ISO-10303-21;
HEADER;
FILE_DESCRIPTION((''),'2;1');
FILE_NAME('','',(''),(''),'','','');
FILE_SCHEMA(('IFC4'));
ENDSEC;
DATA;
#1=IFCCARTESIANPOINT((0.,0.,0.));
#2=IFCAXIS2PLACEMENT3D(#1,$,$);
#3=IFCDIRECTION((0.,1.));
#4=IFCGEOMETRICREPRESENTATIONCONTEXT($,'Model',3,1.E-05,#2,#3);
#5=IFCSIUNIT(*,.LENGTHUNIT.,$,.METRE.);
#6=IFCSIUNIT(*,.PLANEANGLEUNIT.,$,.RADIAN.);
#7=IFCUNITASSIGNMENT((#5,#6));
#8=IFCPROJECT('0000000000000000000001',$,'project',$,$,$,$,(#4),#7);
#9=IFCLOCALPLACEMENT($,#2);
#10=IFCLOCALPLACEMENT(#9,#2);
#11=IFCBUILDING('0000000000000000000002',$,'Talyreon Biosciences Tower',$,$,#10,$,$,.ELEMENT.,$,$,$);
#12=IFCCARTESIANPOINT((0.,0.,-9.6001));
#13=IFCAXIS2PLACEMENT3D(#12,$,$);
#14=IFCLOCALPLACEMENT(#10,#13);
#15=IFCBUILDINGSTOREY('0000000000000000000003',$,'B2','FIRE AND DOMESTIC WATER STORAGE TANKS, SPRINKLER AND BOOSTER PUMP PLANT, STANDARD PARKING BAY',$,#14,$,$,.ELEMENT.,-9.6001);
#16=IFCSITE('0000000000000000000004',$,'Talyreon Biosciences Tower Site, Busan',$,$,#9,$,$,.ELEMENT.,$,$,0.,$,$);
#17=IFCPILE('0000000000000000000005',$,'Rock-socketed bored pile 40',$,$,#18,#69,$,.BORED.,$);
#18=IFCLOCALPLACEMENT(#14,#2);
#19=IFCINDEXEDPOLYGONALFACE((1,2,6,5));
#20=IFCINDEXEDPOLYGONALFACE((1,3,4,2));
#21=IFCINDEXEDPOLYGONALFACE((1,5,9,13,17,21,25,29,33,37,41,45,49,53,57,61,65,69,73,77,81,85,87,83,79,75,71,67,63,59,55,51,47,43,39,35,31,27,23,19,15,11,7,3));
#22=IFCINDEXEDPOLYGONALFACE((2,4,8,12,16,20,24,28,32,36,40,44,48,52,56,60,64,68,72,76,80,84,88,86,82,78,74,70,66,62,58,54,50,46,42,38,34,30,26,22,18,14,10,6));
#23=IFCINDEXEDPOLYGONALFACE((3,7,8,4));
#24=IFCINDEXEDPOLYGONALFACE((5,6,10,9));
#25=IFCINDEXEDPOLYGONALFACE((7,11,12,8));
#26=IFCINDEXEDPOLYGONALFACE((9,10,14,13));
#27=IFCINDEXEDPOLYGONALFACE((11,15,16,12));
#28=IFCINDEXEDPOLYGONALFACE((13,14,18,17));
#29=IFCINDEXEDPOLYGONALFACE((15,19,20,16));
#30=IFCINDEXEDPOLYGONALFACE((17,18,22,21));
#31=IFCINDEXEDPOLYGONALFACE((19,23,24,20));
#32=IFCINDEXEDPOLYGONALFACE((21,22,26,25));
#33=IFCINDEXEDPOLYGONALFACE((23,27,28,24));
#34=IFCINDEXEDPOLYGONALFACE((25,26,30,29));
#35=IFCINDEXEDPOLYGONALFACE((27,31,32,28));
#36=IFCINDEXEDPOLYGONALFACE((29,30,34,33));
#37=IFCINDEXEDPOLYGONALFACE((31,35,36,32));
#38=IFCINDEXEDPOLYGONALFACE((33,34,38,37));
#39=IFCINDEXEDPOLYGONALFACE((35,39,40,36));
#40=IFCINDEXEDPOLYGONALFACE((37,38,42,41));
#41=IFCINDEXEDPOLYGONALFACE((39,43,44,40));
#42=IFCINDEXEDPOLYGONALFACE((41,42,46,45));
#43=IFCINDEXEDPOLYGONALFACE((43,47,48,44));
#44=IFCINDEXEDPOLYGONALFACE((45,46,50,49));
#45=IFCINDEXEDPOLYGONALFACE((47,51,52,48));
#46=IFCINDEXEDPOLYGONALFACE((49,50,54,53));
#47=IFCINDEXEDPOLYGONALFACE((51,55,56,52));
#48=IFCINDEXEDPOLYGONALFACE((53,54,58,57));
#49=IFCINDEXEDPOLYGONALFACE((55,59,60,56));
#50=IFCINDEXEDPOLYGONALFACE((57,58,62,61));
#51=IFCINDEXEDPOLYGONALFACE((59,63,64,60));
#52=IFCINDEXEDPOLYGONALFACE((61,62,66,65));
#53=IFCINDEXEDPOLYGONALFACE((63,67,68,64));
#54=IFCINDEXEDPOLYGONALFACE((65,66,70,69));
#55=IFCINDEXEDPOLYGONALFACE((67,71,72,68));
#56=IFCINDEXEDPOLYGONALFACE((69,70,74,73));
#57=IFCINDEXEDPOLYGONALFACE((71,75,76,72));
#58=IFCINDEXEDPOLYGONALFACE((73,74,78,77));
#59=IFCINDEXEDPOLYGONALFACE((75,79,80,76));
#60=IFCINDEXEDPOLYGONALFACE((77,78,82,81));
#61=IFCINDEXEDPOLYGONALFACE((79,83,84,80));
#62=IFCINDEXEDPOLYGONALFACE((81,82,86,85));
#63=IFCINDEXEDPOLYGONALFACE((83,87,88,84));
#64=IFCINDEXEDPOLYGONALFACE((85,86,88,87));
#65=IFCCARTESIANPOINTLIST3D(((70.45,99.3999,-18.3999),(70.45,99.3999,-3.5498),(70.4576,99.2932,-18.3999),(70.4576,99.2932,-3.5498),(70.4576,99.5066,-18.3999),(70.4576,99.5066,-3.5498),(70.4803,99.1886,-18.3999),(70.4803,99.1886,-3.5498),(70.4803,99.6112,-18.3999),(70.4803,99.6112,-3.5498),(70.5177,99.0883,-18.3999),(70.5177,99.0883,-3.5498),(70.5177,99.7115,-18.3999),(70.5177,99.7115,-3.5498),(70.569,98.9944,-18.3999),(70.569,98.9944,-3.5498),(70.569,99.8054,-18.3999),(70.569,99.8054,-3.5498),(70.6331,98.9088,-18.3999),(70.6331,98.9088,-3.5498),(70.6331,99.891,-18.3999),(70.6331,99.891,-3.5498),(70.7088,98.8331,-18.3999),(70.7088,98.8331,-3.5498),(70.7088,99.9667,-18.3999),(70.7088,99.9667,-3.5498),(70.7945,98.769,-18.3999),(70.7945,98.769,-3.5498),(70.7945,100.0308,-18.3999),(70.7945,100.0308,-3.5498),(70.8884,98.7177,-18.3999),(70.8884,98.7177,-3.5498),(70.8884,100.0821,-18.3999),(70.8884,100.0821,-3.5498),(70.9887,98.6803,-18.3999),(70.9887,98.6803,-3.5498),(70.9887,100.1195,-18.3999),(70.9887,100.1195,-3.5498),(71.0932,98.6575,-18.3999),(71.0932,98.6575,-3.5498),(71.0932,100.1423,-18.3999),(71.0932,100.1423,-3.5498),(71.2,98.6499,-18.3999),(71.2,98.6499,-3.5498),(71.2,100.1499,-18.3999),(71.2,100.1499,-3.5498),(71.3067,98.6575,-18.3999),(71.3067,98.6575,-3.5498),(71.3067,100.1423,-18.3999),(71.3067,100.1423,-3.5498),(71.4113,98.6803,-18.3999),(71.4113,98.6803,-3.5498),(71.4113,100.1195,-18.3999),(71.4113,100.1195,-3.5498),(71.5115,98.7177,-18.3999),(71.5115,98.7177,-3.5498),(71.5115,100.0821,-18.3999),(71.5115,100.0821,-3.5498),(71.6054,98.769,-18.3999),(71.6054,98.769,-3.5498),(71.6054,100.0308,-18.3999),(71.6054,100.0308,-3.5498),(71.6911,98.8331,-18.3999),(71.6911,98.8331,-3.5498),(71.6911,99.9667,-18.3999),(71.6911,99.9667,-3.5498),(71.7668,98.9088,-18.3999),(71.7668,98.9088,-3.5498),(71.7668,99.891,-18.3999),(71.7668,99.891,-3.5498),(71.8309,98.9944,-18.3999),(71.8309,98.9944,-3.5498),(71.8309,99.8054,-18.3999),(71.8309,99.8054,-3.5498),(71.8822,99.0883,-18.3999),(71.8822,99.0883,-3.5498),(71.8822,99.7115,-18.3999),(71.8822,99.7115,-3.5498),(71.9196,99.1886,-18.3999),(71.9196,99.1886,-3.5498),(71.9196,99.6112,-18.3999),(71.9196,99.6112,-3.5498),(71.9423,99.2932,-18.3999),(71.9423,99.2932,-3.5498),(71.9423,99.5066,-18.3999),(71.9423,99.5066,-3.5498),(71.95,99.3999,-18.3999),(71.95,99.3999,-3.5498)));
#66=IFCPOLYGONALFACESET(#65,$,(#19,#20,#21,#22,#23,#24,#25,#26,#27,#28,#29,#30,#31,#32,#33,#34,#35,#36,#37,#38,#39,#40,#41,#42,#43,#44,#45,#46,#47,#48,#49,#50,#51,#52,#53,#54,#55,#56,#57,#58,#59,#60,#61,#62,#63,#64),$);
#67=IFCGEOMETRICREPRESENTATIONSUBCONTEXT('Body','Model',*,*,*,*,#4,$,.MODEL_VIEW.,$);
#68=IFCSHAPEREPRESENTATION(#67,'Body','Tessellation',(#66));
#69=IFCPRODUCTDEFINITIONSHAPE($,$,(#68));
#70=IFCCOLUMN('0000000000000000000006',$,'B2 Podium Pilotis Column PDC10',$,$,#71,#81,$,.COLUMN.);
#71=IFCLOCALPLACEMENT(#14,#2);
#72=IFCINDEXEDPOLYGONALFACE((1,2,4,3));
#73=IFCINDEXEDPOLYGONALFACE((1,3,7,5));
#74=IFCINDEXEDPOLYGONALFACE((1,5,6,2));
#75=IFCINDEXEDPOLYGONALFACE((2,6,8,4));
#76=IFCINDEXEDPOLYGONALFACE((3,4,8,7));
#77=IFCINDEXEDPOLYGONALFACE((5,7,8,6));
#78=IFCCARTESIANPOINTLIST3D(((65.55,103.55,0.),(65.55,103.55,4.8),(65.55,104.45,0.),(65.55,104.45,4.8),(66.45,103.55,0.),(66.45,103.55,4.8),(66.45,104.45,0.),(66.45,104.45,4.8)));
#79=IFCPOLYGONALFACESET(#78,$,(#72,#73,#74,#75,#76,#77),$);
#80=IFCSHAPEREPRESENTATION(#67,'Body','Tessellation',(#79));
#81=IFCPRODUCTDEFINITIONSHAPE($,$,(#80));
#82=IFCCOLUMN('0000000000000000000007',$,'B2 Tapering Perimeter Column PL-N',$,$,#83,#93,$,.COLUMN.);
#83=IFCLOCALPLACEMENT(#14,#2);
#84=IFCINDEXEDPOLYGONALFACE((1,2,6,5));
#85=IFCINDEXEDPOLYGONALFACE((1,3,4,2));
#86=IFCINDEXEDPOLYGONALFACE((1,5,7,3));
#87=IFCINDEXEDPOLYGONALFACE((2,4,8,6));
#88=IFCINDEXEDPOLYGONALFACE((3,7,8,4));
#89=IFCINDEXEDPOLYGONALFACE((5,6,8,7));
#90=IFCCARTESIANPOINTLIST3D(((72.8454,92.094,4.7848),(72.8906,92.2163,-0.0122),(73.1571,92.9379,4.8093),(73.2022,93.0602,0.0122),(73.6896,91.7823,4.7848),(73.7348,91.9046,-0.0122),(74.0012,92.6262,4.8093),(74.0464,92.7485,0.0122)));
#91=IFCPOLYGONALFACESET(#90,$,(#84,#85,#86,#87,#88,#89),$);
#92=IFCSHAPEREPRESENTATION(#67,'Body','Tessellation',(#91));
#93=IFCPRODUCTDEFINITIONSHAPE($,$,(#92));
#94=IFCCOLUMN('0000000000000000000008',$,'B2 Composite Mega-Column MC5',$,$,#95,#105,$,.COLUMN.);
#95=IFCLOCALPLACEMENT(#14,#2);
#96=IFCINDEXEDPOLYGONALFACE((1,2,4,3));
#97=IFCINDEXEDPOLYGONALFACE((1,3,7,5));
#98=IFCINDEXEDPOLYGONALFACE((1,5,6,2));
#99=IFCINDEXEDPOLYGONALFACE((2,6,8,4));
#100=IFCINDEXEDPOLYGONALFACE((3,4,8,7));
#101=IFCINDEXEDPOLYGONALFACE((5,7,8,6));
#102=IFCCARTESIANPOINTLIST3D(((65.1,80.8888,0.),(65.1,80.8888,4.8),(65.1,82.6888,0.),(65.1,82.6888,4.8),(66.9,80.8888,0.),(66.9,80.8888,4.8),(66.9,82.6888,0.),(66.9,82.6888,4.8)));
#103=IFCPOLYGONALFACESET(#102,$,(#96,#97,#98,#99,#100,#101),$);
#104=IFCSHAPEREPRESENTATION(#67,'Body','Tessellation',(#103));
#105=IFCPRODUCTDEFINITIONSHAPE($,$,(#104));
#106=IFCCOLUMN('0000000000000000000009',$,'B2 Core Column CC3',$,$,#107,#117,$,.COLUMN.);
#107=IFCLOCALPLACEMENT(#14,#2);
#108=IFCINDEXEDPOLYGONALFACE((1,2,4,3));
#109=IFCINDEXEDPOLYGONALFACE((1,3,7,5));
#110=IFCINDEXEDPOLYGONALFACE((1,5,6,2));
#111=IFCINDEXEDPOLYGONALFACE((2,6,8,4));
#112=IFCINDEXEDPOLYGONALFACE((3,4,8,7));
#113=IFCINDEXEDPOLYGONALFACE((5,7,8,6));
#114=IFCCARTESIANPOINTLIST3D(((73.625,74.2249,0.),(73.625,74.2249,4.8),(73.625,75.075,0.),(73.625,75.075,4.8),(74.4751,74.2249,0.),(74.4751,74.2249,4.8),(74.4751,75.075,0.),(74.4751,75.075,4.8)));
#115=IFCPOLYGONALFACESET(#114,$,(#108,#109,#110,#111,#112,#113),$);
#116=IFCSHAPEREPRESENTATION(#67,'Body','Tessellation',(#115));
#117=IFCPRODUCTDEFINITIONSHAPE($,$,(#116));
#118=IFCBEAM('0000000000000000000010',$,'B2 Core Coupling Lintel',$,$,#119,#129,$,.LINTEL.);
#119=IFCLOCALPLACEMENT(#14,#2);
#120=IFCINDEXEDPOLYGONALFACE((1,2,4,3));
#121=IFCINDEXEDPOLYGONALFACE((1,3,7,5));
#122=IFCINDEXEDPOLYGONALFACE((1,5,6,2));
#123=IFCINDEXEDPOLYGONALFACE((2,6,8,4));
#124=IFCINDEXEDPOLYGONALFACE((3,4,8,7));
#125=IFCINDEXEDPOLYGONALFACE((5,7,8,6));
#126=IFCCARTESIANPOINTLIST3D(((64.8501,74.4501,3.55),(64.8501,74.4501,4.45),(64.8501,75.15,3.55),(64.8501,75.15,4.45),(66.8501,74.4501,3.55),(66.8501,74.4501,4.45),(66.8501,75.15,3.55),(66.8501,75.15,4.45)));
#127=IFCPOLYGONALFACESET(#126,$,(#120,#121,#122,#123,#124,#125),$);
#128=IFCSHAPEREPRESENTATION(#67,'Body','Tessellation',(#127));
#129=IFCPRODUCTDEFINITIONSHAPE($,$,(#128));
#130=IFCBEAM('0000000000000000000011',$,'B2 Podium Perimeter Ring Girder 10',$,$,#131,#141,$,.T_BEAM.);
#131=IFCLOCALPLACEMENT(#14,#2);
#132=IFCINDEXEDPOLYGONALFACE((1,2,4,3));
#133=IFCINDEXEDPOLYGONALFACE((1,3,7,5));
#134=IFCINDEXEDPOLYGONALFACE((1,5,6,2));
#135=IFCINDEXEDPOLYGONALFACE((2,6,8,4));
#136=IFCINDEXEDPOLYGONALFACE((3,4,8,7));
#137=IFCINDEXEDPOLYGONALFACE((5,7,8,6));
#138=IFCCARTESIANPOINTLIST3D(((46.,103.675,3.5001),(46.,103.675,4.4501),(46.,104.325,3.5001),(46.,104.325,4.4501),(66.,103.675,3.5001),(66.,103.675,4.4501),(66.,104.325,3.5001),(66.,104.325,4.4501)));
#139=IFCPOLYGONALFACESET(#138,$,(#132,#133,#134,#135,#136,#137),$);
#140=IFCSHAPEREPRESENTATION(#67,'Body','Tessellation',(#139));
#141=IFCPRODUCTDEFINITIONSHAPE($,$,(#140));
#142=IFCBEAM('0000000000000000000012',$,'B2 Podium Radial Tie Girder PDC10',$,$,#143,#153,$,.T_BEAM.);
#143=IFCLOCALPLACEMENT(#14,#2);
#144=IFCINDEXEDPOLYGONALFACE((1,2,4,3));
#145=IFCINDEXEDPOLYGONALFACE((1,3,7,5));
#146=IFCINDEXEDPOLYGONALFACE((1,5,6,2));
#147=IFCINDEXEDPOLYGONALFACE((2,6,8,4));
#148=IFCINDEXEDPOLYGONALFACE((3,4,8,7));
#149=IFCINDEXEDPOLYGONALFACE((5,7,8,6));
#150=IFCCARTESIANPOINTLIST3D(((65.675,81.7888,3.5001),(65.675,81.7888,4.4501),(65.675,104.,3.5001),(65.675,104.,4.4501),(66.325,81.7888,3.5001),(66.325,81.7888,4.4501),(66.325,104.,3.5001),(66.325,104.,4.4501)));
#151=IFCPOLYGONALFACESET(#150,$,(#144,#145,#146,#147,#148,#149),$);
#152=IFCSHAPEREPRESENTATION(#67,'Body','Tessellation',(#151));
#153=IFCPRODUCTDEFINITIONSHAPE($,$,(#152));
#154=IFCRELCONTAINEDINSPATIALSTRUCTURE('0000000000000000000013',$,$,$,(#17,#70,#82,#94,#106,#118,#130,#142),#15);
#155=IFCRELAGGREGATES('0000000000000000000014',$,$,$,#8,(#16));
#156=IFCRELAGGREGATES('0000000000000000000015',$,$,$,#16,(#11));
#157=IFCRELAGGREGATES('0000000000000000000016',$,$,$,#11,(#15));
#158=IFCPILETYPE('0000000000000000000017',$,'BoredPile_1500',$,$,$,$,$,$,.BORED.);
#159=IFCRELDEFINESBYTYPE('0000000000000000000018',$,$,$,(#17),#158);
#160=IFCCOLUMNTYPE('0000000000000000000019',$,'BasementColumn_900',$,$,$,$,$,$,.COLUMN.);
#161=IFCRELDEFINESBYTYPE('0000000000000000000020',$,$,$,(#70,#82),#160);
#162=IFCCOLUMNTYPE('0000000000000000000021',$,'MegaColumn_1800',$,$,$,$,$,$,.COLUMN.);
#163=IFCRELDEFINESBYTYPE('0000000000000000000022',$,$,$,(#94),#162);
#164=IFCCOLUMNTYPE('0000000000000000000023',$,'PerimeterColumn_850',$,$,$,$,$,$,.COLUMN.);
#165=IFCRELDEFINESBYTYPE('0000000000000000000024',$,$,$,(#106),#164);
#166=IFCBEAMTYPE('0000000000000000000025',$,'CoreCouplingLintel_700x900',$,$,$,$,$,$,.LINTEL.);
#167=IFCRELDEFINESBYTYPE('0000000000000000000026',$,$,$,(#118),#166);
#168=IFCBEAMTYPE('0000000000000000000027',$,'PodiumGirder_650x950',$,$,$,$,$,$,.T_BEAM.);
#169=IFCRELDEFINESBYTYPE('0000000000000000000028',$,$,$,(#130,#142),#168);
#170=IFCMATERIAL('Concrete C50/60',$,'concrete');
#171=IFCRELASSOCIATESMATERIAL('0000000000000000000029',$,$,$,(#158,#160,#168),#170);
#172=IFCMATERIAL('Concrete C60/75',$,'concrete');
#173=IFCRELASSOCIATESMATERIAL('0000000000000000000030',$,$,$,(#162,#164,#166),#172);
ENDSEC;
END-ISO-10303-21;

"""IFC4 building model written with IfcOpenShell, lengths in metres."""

from ifc_helpers import new_model, si_unit, direction, frame, origin, origin_2d, place, context, subcontext, project, spatial, rectangle, circle, extrude, material, material_profile, profile_set, type_object, element, save


model = new_model("IFC4")

# Units and contexts
model_context = context("Model", 3, precision=1e-05, world=origin(), true_north=direction((0.0, 1.0)))
body_context = subcontext(model_context, "Body", "Model", "MODEL_VIEW")
ifc_project = project(units=[si_unit("LENGTHUNIT", "METRE"), si_unit("PLANEANGLEUNIT", "RADIAN")], contexts=[model_context])

# Site, building, storey
site_placement = place(None, origin())
site = spatial("IfcSite", under=ifc_project, at=site_placement, Name="Talyreon Biosciences Tower Site, Busan", CompositionType="ELEMENT", RefElevation=0.0)
building_placement = place(site_placement, origin())
building = spatial("IfcBuilding", under=site, at=building_placement, Name="Talyreon Biosciences Tower", CompositionType="ELEMENT")
storey_placement = place(building_placement, frame((0.0, 0.0, -9.6001)))
storey = spatial("IfcBuildingStorey", under=building, at=storey_placement, Name="B2", Description="FIRE AND DOMESTIC WATER STORAGE TANKS, SPRINKLER AND BOOSTER PUMP PLANT, STANDARD PARKING BAY", CompositionType="ELEMENT", Elevation=-9.6001)

# Pile
ifc_material_1 = material(Name="Concrete C50/60", Category="concrete")
ifc_material_profile_1 = material_profile(ifc_material_1, circle(Radius=0.75, at=origin_2d()), Name="PILE D1500")
ifc_profile_set_1 = profile_set([ifc_material_profile_1], Name="Concrete C50/60")
pile_type = type_object("IfcPileType", Name="BoredPile_1500", PredefinedType="BORED", material=ifc_profile_set_1)
for number, where, z_axis, x_axis, name in (
    (1, (71.2, 99.3999, -3.5498), (0.0, 0.0, -1.0), (1.0, 0.0, 0.0), "Rock-socketed bored pile 40"),
):
    element("IfcPile", number, at=place(storey_placement, frame(where, z_axis=z_axis, x_axis=x_axis)), inside=storey, type_object=pile_type, Name=name, PredefinedType="BORED", context=body_context, shape_type="SweptSolid", body=[
        extrude(circle(Radius=0.75, at=origin_2d()), origin(), (0.0, 0.0, 1.0), 14.8501),
    ])

# Columns
ifc_material_profile_2 = material_profile(ifc_material_1, rectangle(XDim=0.8999, YDim=0.8999, at=origin_2d()), Name="RC 900x900")
ifc_profile_set_2 = profile_set([ifc_material_profile_2], Name="Concrete C50/60")
column_type_1 = type_object("IfcColumnType", Name="BasementColumn_900", PredefinedType="COLUMN", material=ifc_profile_set_2)
column_1_placement = place(storey_placement, frame((66.0, 104.0, 0.0), z_axis=(0.0, 0.0, 1.0), x_axis=(1.0, 0.0, 0.0)))
element("IfcColumn", 2, at=column_1_placement, inside=storey, type_object=column_type_1, Name="B2 Podium Pilotis Column PDC10", PredefinedType="COLUMN", context=body_context, shape_type="SweptSolid", body=[
    extrude(rectangle(XDim=0.8999, YDim=0.8999, at=origin_2d()), origin(), (0.0, 0.0, 1.0), 4.8),
])
column_2_placement = place(storey_placement, frame((73.4685, 92.4824, 0.0), z_axis=(-0.009412, -0.025488, 0.999631), x_axis=(-0.938087, 0.346399, 0.0)))
element("IfcColumn", 3, at=column_2_placement, inside=storey, type_object=column_type_1, Name="B2 Tapering Perimeter Column PL-N", PredefinedType="COLUMN", context=body_context, shape_type="SweptSolid", body=[
    extrude(rectangle(XDim=0.8999, YDim=0.8999, at=origin_2d()), origin(), (0.0, 0.0, 1.0), 4.7988),
])
ifc_material_2 = material(Name="Concrete C60/75", Category="concrete")
ifc_material_profile_3 = material_profile(ifc_material_2, rectangle(XDim=1.8, YDim=1.8, at=origin_2d()), Name="RC 1800x1800")
ifc_profile_set_3 = profile_set([ifc_material_profile_3], Name="Concrete C60/75")
column_type_2 = type_object("IfcColumnType", Name="MegaColumn_1800", PredefinedType="COLUMN", material=ifc_profile_set_3)
column_3_placement = place(storey_placement, frame((66.0, 81.7888, 0.0), z_axis=(0.0, 0.0, 1.0), x_axis=(1.0, 0.0, 0.0)))
element("IfcColumn", 4, at=column_3_placement, inside=storey, type_object=column_type_2, Name="B2 Composite Mega-Column MC5", PredefinedType="COLUMN", context=body_context, shape_type="SweptSolid", body=[
    extrude(rectangle(XDim=1.8, YDim=1.8, at=origin_2d()), origin(), (0.0, 0.0, 1.0), 4.8),
])
ifc_material_profile_4 = material_profile(ifc_material_2, rectangle(XDim=0.8501, YDim=0.8501, at=origin_2d()), Name="RC 850x850")
ifc_profile_set_4 = profile_set([ifc_material_profile_4], Name="Concrete C60/75")
column_type_3 = type_object("IfcColumnType", Name="PerimeterColumn_850", PredefinedType="COLUMN", material=ifc_profile_set_4)
column_4_placement = place(storey_placement, frame((74.05, 74.6499, 0.0), z_axis=(0.0, 0.0, 1.0), x_axis=(1.0, 0.0, 0.0)))
element("IfcColumn", 5, at=column_4_placement, inside=storey, type_object=column_type_3, Name="B2 Core Column CC3", PredefinedType="COLUMN", context=body_context, shape_type="SweptSolid", body=[
    extrude(rectangle(XDim=0.8501, YDim=0.8501, at=origin_2d()), origin(), (0.0, 0.0, 1.0), 4.8),
])

# Beams
ifc_material_profile_5 = material_profile(ifc_material_2, rectangle(XDim=0.7, YDim=0.8999, at=origin_2d()), Name="RCB 700x900")
ifc_profile_set_5 = profile_set([ifc_material_profile_5], Name="Concrete C60/75")
beam_type_1 = type_object("IfcBeamType", Name="CoreCouplingLintel_700x900", PredefinedType="LINTEL", material=ifc_profile_set_5)
beam_1_placement = place(storey_placement, frame((64.8501, 74.8, 4.0), z_axis=(1.0, 0.0, 0.0), x_axis=(0.0, 1.0, 0.0)))
element("IfcBeam", 6, at=beam_1_placement, inside=storey, type_object=beam_type_1, Name="B2 Core Coupling Lintel", PredefinedType="LINTEL", context=body_context, shape_type="SweptSolid", body=[
    extrude(rectangle(XDim=0.7, YDim=0.8999, at=origin_2d()), origin(), (0.0, 0.0, 1.0), 2.0),
])
ifc_material_profile_6 = material_profile(ifc_material_1, rectangle(XDim=0.6499, YDim=0.95, at=origin_2d()), Name="RCB 650x950")
ifc_profile_set_6 = profile_set([ifc_material_profile_6], Name="Concrete C50/60")
beam_type_2 = type_object("IfcBeamType", Name="PodiumGirder_650x950", PredefinedType="T_BEAM", material=ifc_profile_set_6)
beam_2_placement = place(storey_placement, frame((66.0, 104.0, 3.9751), z_axis=(-1.0, 0.0, 0.0), x_axis=(0.0, -1.0, 0.0)))
element("IfcBeam", 7, at=beam_2_placement, inside=storey, type_object=beam_type_2, Name="B2 Podium Perimeter Ring Girder 10", PredefinedType="T_BEAM", context=body_context, shape_type="SweptSolid", body=[
    extrude(rectangle(XDim=0.6499, YDim=0.95, at=origin_2d()), origin(), (0.0, 0.0, 1.0), 20.0),
])
beam_3_placement = place(storey_placement, frame((66.0, 81.7888, 3.9751), z_axis=(0.0, 1.0, 0.0), x_axis=(-1.0, 0.0, 0.0)))
element("IfcBeam", 8, at=beam_3_placement, inside=storey, type_object=beam_type_2, Name="B2 Podium Radial Tie Girder PDC10", PredefinedType="T_BEAM", context=body_context, shape_type="SweptSolid", body=[
    extrude(rectangle(XDim=0.6499, YDim=0.95, at=origin_2d()), origin(), (0.0, 0.0, 1.0), 22.2112),
])

save(model, "model.ifc")
